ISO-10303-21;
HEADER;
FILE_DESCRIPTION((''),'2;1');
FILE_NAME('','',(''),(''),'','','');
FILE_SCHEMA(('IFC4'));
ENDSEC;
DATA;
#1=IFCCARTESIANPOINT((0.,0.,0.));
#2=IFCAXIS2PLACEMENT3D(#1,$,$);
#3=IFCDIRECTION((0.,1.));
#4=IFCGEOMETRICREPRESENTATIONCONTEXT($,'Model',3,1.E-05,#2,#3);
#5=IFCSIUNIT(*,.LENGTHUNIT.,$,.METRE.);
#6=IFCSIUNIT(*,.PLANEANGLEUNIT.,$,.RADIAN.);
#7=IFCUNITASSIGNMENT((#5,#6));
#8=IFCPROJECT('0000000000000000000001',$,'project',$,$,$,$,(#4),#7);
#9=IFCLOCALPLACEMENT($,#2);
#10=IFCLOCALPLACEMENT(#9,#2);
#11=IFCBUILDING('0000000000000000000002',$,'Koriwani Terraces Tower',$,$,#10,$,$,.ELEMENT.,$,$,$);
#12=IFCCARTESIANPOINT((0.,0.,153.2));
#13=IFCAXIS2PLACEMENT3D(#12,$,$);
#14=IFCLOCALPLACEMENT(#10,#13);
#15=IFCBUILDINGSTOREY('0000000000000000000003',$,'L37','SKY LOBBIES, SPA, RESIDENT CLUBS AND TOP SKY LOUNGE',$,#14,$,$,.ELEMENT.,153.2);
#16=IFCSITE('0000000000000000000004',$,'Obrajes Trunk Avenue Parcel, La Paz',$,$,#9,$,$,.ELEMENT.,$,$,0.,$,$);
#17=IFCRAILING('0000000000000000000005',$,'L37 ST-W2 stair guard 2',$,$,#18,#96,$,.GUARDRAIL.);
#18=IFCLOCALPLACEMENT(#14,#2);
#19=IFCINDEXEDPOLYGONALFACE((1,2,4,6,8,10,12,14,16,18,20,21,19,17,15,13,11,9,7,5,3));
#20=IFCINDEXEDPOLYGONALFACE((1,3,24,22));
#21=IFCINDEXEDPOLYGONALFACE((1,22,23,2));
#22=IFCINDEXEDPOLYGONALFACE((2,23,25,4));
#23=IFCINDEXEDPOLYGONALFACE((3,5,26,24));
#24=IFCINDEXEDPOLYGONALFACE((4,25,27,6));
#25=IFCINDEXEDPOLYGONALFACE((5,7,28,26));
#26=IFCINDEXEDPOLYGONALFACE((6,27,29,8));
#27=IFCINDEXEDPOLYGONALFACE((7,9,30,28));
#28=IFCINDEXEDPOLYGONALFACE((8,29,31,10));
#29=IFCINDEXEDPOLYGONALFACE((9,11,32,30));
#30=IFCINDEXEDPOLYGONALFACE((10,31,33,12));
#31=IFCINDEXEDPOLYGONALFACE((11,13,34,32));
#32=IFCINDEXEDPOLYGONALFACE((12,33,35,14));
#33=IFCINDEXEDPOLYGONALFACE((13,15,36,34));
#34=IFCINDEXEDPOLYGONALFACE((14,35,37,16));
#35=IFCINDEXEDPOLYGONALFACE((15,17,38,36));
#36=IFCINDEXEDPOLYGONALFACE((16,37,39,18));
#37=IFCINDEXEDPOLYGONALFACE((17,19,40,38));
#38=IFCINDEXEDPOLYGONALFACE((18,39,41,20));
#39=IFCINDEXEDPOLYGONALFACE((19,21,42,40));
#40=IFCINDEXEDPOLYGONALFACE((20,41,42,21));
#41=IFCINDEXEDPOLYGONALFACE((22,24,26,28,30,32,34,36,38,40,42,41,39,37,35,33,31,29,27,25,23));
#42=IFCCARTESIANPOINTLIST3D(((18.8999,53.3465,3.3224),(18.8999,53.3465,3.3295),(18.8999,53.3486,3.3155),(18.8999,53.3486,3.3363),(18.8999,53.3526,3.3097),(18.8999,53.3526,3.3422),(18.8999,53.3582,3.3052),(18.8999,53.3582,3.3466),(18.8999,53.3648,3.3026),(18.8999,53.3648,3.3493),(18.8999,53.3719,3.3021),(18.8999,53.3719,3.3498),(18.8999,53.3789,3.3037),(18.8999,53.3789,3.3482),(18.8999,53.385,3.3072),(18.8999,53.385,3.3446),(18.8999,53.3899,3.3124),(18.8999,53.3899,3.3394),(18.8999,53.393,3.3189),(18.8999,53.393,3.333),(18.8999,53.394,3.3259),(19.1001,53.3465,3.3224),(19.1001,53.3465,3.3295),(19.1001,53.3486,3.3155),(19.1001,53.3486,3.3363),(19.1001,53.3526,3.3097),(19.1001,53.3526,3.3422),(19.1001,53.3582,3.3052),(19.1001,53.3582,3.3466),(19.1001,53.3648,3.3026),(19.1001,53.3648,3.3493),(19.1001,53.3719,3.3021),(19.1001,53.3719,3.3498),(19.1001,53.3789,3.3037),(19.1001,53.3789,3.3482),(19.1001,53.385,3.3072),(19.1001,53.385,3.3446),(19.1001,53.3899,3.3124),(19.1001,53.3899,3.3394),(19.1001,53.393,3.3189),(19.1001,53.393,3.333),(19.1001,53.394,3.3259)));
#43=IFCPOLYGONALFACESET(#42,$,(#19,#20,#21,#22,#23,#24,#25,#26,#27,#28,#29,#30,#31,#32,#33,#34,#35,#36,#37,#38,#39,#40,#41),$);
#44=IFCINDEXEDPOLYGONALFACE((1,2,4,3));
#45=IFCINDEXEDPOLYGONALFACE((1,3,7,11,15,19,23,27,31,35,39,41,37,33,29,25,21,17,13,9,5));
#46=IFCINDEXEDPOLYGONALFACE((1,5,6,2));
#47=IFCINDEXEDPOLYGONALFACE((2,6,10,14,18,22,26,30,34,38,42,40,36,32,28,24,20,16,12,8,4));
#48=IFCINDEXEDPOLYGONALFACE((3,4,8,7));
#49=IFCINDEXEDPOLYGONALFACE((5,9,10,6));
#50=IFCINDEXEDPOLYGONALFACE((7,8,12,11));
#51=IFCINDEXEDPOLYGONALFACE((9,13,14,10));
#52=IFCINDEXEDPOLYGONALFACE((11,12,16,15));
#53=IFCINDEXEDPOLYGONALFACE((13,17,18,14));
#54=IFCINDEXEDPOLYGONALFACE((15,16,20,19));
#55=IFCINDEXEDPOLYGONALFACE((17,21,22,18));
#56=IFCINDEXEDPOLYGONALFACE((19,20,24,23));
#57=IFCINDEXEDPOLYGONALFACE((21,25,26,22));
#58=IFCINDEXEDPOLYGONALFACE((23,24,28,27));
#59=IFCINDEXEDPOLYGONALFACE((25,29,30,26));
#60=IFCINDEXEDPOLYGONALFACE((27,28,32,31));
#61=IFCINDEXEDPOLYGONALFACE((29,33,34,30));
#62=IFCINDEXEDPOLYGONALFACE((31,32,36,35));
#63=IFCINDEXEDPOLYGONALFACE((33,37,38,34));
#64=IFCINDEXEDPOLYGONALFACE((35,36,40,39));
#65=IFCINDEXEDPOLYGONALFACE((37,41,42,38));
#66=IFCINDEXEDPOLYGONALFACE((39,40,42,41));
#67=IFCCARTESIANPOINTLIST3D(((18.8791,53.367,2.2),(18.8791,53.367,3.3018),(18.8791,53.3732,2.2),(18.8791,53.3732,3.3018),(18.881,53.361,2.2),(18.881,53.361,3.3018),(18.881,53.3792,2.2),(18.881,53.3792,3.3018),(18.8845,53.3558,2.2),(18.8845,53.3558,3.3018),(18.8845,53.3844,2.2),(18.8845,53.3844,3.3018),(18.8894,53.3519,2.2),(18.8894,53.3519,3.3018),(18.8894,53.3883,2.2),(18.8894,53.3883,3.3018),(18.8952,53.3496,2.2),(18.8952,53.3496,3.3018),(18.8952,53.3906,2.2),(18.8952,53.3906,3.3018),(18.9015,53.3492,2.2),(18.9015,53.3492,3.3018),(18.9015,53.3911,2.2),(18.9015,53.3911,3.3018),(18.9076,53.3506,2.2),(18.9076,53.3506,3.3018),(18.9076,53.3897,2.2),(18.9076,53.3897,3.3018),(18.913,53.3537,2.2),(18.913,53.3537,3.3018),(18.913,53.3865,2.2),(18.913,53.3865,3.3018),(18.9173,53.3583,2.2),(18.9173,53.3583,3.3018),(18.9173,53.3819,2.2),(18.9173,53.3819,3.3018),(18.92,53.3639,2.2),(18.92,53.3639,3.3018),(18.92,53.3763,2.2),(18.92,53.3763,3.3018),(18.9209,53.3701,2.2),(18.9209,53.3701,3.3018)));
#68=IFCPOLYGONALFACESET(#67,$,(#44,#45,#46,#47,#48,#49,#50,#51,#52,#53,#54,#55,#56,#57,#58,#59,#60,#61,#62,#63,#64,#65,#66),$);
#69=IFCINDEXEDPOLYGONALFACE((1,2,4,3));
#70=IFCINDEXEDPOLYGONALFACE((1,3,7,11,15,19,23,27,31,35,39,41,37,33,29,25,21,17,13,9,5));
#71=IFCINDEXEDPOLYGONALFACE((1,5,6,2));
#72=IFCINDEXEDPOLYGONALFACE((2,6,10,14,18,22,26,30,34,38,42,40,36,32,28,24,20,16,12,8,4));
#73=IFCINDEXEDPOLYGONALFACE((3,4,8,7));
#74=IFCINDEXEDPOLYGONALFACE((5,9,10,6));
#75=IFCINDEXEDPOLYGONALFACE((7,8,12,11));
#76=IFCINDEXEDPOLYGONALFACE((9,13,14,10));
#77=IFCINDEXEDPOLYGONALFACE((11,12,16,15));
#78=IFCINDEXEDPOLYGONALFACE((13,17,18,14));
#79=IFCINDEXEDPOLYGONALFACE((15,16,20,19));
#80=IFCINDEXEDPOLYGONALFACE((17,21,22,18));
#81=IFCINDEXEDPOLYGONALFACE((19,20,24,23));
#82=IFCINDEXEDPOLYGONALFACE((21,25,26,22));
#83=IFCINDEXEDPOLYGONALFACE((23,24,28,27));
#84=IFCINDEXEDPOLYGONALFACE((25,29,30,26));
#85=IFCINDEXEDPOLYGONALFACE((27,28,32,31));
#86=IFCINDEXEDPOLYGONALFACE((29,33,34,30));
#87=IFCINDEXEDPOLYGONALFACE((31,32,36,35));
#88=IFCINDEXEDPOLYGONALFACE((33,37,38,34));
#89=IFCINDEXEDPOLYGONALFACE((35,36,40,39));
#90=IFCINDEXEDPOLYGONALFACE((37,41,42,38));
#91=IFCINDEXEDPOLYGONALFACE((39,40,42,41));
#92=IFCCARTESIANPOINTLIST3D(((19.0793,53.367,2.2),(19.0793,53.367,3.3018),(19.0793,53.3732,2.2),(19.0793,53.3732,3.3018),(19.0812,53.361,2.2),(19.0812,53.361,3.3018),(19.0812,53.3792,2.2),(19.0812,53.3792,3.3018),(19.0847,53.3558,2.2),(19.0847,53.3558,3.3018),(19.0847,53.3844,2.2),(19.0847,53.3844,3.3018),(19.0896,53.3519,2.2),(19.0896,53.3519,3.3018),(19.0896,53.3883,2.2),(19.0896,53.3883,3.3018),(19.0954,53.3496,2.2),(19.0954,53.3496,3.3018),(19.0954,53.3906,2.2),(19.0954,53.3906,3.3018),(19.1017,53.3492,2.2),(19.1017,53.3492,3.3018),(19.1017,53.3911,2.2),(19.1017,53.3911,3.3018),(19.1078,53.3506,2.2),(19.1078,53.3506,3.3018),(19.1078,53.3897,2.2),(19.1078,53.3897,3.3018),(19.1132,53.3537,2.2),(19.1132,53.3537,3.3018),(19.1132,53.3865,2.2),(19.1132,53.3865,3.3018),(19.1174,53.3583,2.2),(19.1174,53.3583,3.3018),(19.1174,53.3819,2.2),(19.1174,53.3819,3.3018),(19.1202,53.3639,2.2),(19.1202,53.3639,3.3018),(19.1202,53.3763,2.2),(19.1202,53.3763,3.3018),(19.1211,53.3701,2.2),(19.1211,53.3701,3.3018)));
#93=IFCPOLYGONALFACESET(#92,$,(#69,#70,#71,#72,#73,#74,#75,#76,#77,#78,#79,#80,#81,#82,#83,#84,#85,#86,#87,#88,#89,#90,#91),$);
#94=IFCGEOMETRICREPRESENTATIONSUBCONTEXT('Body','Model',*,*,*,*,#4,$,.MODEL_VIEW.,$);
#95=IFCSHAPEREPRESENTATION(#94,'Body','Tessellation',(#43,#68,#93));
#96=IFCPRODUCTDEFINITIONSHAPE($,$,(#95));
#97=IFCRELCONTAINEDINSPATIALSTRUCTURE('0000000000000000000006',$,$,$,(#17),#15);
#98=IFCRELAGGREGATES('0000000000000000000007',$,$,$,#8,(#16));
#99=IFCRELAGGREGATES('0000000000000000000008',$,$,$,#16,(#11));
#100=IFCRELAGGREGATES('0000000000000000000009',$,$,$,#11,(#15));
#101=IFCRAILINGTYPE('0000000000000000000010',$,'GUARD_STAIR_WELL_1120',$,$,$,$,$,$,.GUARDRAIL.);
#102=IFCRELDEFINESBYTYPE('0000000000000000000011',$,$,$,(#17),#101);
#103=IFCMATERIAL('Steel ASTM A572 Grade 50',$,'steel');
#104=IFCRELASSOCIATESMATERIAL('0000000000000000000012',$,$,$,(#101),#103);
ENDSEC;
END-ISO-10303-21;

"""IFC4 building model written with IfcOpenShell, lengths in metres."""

from ifc_helpers import new_model, si_unit, direction, frame, origin, origin_2d, place, context, subcontext, project, spatial, circle, extrude, material, type_object, element, save


model = new_model("IFC4")

# Units and contexts
model_context = context("Model", 3, precision=1e-05, world=origin(), true_north=direction((0.0, 1.0)))
body_context = subcontext(model_context, "Body", "Model", "MODEL_VIEW")
ifc_project = project(units=[si_unit("LENGTHUNIT", "METRE"), si_unit("PLANEANGLEUNIT", "RADIAN")], contexts=[model_context])

# Site, building, storey
site_placement = place(None, origin())
site = spatial("IfcSite", under=ifc_project, at=site_placement, Name="Obrajes Trunk Avenue Parcel, La Paz", CompositionType="ELEMENT", RefElevation=0.0)
building_placement = place(site_placement, origin())
building = spatial("IfcBuilding", under=site, at=building_placement, Name="Koriwani Terraces Tower", CompositionType="ELEMENT")
storey_placement = place(building_placement, frame((0.0, 0.0, 153.2)))
storey = spatial("IfcBuildingStorey", under=building, at=storey_placement, Name="L37", Description="SKY LOBBIES, SPA, RESIDENT CLUBS AND TOP SKY LOUNGE", CompositionType="ELEMENT", Elevation=153.2)

# Shared definitions
ifc_material_1 = material(Name="Steel ASTM A572 Grade 50", Category="steel")

# Railing
railing_type_1 = type_object("IfcRailingType", Name="GUARD_STAIR_WELL_1120", PredefinedType="GUARDRAIL", material=ifc_material_1)
railing_1_placement = place(storey_placement, frame((18.8999, 53.3701, 2.2)))
element("IfcRailing", 1, at=railing_1_placement, inside=storey, type_object=railing_type_1, Name="L37 ST-W2 stair guard 2", PredefinedType="GUARDRAIL", context=body_context, shape_type="SweptSolid", body=[
    extrude(circle(Radius=0.0239, at=origin_2d()), frame((0.0, 0.0, 1.126), z_axis=(1.0, 0.0, 0.0), x_axis=(0.0, 1.0, 0.0)), (0.0, 0.0, 1.0), 0.2002),
    extrude(circle(Radius=0.021, at=origin_2d()), origin(), (0.0, 0.0, 1.0), 1.1018),
    extrude(circle(Radius=0.021, at=origin_2d()), frame((0.2002, 0.0, 0.0)), (0.0, 0.0, 1.0), 1.1018),
])

save(model, "model.ifc")
